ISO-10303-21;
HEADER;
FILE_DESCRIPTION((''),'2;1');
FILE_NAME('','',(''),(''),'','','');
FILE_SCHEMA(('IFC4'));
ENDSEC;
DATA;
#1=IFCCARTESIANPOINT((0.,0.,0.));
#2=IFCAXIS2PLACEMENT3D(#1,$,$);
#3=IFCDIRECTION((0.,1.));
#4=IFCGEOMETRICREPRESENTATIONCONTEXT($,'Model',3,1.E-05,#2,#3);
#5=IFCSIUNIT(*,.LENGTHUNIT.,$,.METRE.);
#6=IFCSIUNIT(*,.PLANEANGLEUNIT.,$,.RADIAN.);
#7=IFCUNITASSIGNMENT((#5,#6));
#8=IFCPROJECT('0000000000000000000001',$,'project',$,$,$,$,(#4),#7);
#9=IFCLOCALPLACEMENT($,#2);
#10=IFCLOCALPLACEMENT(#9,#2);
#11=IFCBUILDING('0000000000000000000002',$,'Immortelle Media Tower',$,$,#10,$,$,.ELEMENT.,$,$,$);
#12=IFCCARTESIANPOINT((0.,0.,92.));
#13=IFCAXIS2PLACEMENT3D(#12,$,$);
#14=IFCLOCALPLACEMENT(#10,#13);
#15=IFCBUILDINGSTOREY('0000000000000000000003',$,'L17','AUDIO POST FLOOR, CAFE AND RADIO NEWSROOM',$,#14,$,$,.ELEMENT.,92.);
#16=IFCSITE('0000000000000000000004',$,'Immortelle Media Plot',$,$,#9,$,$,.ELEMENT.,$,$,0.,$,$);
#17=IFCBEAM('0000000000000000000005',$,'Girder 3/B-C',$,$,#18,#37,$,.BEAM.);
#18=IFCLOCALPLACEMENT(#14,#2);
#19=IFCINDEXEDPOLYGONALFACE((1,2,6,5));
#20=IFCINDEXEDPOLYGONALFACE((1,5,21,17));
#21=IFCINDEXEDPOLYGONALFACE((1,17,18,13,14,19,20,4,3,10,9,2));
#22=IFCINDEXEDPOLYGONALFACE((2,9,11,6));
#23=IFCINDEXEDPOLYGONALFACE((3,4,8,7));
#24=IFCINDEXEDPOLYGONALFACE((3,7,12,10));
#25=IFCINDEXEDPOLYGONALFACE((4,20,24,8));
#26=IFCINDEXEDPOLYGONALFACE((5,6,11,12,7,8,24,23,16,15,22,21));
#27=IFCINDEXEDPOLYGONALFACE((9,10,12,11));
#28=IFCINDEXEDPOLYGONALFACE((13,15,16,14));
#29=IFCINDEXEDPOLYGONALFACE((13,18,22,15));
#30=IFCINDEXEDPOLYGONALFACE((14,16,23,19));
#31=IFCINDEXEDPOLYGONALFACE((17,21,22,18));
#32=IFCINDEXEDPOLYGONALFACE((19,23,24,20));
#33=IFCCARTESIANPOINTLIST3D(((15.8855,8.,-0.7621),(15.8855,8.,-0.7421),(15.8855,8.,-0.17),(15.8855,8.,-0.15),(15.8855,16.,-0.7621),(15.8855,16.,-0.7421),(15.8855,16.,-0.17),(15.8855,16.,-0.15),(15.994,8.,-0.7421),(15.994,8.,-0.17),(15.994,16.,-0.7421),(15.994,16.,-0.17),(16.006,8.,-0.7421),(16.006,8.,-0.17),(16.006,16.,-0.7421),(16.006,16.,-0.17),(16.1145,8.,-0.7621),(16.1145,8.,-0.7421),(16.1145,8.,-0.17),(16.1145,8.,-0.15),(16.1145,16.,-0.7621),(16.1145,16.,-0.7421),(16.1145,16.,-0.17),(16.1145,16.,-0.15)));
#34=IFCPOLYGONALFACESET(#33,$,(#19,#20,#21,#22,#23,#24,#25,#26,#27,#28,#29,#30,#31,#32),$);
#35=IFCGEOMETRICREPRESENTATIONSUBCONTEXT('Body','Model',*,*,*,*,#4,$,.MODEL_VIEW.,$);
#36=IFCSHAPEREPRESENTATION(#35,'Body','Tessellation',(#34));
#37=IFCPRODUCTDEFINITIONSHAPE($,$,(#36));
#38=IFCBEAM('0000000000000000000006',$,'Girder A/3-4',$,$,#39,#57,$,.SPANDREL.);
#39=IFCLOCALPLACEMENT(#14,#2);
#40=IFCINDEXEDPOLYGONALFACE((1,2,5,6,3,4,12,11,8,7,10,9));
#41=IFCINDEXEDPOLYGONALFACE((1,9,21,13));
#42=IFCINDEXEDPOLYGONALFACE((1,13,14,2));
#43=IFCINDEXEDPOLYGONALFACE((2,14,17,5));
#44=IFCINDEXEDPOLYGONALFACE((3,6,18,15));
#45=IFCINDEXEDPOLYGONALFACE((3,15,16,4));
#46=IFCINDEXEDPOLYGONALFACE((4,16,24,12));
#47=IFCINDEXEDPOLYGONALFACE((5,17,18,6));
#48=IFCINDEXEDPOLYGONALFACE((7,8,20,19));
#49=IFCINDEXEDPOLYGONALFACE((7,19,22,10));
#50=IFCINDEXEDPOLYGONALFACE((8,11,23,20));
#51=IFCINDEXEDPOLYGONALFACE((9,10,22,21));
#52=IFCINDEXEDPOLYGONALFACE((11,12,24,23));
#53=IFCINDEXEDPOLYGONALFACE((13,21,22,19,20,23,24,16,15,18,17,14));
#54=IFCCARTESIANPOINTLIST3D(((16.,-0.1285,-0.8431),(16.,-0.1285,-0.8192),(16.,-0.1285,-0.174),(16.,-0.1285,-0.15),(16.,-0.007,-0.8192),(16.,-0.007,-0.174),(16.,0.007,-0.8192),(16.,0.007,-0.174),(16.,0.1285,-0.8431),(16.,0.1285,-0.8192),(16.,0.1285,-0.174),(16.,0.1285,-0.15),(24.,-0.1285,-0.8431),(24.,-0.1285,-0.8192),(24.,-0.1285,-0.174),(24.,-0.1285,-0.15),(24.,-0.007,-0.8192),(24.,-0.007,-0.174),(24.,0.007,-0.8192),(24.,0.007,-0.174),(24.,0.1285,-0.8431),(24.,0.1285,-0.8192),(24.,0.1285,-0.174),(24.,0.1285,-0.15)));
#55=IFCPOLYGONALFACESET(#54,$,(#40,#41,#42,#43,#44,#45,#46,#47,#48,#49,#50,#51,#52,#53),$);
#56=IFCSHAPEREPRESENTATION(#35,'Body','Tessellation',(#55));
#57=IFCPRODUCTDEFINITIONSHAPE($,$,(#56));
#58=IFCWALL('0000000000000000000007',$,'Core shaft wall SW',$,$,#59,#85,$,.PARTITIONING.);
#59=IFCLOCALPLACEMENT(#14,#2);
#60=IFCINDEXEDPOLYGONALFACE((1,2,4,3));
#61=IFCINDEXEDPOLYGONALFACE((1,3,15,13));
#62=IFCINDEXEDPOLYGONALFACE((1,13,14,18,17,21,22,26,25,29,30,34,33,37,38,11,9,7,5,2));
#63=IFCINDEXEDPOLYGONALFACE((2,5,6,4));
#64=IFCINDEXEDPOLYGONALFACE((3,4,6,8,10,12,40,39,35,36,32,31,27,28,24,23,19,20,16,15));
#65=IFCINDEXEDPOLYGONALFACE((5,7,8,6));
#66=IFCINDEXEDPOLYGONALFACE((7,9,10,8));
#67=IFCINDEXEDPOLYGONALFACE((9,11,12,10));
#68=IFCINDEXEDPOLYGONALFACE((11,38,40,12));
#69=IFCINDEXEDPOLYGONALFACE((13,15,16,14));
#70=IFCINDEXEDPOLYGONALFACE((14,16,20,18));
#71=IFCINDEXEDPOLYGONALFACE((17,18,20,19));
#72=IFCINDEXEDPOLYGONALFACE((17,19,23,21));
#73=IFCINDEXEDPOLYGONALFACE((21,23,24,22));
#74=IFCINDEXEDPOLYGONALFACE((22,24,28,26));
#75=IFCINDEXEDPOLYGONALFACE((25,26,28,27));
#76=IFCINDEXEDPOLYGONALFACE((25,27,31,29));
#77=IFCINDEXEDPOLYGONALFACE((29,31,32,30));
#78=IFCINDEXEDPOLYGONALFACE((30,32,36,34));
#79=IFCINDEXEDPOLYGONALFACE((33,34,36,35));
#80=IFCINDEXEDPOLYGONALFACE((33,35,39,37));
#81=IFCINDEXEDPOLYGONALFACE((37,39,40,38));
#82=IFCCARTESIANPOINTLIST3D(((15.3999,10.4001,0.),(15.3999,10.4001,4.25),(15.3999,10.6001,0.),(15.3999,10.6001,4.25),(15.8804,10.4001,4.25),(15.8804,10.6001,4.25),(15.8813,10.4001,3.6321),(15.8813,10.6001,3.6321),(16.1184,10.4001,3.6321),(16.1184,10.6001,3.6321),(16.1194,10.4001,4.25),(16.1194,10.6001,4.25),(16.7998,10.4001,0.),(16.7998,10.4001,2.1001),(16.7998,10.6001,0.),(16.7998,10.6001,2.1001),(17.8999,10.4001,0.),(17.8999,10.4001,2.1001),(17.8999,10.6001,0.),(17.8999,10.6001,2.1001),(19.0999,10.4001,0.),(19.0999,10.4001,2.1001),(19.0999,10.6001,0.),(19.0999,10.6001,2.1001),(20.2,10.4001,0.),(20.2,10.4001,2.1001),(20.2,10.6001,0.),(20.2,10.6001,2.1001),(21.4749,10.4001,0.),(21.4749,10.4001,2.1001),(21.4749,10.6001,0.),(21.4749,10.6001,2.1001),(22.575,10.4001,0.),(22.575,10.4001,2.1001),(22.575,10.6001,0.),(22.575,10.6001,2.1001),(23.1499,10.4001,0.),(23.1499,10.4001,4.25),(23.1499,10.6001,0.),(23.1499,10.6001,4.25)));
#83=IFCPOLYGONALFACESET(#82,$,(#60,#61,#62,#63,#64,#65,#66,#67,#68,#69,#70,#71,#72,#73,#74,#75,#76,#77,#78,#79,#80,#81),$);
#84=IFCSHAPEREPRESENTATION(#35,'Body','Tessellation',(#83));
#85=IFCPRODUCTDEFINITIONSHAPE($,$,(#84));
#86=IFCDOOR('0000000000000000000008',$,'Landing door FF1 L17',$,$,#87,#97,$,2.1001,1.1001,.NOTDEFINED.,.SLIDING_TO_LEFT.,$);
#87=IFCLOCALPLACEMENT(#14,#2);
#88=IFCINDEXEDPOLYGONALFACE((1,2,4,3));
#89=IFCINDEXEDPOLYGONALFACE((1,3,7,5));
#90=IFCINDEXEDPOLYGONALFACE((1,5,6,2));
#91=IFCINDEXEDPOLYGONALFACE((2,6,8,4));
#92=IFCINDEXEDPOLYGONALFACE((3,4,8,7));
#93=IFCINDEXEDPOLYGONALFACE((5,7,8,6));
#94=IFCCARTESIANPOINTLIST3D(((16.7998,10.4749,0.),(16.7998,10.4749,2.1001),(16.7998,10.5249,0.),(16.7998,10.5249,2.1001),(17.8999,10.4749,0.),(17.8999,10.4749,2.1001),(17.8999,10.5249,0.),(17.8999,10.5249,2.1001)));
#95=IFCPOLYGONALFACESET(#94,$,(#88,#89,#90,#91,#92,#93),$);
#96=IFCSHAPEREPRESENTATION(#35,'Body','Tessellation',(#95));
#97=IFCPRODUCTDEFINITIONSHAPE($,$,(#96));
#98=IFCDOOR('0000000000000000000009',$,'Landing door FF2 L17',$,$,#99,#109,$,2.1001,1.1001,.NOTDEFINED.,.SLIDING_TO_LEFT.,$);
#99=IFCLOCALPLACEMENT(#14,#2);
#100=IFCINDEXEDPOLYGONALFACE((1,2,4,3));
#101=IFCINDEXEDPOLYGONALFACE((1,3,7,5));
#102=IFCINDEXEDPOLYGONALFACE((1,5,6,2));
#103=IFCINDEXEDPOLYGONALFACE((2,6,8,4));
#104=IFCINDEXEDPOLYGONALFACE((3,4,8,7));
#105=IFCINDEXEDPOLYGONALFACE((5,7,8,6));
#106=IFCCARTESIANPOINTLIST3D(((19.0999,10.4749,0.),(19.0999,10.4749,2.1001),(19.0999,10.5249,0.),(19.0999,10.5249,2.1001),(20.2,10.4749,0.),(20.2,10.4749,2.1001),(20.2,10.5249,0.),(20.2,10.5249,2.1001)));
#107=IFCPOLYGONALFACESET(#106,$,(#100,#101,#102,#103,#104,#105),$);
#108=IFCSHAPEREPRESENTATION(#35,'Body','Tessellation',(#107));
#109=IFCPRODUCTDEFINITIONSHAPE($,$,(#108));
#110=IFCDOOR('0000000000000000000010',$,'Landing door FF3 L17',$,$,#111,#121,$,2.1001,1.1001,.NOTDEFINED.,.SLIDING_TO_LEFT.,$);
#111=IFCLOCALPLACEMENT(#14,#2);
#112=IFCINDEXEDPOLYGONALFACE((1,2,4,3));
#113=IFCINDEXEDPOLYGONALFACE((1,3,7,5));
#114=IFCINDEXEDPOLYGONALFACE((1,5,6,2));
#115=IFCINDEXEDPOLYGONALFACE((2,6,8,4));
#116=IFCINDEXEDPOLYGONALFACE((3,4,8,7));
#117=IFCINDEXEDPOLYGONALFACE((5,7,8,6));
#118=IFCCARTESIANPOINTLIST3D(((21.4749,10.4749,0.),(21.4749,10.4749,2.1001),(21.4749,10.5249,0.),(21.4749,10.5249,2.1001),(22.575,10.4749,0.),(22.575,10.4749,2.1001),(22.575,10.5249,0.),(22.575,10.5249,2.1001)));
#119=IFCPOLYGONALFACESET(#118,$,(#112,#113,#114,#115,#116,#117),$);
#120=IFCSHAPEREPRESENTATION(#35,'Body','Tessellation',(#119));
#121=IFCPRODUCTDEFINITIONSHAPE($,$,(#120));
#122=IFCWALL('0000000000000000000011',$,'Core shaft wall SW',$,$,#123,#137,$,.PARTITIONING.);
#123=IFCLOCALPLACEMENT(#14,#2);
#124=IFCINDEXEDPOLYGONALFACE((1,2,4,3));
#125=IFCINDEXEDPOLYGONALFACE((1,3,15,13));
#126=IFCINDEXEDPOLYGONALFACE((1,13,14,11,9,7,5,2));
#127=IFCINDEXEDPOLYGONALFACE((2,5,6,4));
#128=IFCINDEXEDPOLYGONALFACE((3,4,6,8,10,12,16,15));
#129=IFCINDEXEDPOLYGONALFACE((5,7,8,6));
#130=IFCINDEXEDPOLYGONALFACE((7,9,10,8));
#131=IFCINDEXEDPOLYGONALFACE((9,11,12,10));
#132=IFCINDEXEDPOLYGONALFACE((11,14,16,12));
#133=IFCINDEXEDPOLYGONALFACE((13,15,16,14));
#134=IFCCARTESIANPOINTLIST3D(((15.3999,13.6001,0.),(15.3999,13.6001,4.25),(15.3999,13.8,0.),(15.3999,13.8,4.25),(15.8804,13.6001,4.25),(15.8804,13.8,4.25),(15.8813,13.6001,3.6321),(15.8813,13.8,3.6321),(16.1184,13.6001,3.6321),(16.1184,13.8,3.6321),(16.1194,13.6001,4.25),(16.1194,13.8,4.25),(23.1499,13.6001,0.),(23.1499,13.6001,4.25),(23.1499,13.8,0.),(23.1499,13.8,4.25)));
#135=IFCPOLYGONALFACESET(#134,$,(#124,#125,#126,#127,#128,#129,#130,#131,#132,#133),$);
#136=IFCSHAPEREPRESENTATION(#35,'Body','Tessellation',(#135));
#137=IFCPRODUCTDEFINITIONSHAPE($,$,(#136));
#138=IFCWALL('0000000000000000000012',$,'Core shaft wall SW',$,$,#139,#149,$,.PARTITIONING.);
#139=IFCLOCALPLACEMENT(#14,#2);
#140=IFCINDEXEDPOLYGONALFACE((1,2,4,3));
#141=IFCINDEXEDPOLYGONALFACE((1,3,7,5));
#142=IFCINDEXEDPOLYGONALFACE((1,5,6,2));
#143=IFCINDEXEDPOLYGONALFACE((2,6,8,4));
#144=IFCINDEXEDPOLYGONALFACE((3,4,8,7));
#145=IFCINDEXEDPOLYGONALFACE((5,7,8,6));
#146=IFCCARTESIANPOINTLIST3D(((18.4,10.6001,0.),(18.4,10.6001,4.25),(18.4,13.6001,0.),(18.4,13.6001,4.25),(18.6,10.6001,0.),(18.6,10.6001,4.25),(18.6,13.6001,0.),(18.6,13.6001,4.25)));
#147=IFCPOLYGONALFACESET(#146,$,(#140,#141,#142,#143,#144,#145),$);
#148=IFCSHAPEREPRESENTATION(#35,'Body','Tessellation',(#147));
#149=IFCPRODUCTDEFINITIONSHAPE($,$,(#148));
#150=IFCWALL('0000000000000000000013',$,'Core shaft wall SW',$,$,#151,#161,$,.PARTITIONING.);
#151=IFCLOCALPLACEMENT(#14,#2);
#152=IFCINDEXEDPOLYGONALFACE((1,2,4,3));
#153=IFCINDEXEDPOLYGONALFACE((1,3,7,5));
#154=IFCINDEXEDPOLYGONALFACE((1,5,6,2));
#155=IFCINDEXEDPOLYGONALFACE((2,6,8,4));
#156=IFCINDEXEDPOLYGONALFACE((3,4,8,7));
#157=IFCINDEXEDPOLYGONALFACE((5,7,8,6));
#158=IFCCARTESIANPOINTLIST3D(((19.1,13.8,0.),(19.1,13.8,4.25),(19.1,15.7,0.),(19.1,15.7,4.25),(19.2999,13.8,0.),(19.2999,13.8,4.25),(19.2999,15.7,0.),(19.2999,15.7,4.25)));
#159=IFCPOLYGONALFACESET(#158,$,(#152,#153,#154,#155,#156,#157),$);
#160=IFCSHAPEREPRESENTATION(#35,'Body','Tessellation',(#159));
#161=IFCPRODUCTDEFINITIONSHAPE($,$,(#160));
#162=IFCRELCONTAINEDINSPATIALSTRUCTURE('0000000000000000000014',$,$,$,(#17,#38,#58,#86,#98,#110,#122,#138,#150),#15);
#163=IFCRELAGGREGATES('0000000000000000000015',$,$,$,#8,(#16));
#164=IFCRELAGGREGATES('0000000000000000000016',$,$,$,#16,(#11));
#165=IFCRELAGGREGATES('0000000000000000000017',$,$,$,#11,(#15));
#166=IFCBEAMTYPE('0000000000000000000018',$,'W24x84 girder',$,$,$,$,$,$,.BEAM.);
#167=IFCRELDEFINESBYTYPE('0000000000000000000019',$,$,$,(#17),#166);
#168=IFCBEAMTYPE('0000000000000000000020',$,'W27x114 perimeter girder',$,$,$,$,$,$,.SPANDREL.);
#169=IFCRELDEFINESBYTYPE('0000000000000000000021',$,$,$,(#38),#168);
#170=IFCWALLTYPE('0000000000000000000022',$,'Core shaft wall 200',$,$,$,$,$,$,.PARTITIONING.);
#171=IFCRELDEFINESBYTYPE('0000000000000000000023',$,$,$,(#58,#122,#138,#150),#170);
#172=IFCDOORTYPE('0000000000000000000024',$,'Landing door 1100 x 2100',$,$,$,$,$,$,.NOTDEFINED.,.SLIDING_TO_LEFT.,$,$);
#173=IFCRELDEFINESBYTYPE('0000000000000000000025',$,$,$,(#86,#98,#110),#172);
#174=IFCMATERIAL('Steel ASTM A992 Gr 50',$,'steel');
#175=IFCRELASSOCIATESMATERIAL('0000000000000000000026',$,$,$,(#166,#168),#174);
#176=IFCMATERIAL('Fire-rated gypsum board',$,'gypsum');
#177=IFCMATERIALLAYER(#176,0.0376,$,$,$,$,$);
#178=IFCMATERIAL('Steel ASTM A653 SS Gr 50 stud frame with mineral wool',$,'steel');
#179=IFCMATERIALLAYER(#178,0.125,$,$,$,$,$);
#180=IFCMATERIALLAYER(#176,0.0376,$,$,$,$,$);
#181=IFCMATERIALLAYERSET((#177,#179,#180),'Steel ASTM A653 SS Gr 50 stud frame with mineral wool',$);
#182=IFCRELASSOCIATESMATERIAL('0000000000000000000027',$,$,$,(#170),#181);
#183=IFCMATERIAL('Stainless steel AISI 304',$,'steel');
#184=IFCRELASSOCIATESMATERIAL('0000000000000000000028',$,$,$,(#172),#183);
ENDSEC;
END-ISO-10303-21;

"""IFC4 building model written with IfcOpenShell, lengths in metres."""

from ifc_helpers import new_model, si_unit, direction, frame, frame_2d, origin, origin_2d, place, context, subcontext, project, spatial, polyline, rectangle, i_section, outline, extrude, material, layer, layer_set, material_profile, profile_set, type_object, element, fill, save


model = new_model("IFC4")

# Units and contexts
model_context = context("Model", 3, precision=1e-05, world=origin(), true_north=direction((0.0, 1.0)))
body_context = subcontext(model_context, "Body", "Model", "MODEL_VIEW")
ifc_project = project(units=[si_unit("LENGTHUNIT", "METRE"), si_unit("PLANEANGLEUNIT", "RADIAN")], contexts=[model_context])

# Site, building, storey
site_placement = place(None, origin())
site = spatial("IfcSite", under=ifc_project, at=site_placement, Name="Immortelle Media Plot", CompositionType="ELEMENT", RefElevation=0.0)
building_placement = place(site_placement, origin())
building = spatial("IfcBuilding", under=site, at=building_placement, Name="Immortelle Media Tower", CompositionType="ELEMENT")
storey_placement = place(building_placement, frame((0.0, 0.0, 92.0)))
storey = spatial("IfcBuildingStorey", under=building, at=storey_placement, Name="L17", Description="AUDIO POST FLOOR, CAFE AND RADIO NEWSROOM", CompositionType="ELEMENT", Elevation=92.0)

# Shared definitions
ifc_material_1 = material(Name="Steel ASTM A992 Gr 50", Category="steel")

# Beams
ifc_material_profile_1 = material_profile(ifc_material_1, i_section(OverallWidth=0.229, OverallDepth=0.6121, WebThickness=0.012, FlangeThickness=0.02, at=origin_2d()), Name="W24x84")
ifc_profile_set_1 = profile_set([ifc_material_profile_1], Name="Steel ASTM A992 Gr 50")
beam_type_1 = type_object("IfcBeamType", Name="W24x84 girder", PredefinedType="BEAM", material=ifc_profile_set_1)
for number, where, z_axis, x_axis, name in (
    (1, (16.0, 8.0, -0.4561), (0.0, 1.0, 0.0), (-1.0, 0.0, 0.0), "Girder 3/B-C"),
):
    element("IfcBeam", number, at=place(storey_placement, frame(where, z_axis=z_axis, x_axis=x_axis)), inside=storey, type_object=beam_type_1, Name=name, PredefinedType="BEAM", context=body_context, shape_type="SweptSolid", body=[
        extrude(i_section(OverallWidth=0.229, OverallDepth=0.6121, WebThickness=0.012, FlangeThickness=0.02, at=origin_2d()), origin(), (0.0, 0.0, 1.0), 8.0),
    ])
ifc_material_profile_2 = material_profile(ifc_material_1, i_section(OverallWidth=0.2571, OverallDepth=0.6931, WebThickness=0.0139, FlangeThickness=0.0239, at=origin_2d()), Name="W27x114")
ifc_profile_set_2 = profile_set([ifc_material_profile_2], Name="Steel ASTM A992 Gr 50")
beam_type_2 = type_object("IfcBeamType", Name="W27x114 perimeter girder", PredefinedType="SPANDREL", material=ifc_profile_set_2)
beam_1_placement = place(storey_placement, frame((16.0, 0.0, -0.4966), z_axis=(1.0, 0.0, 0.0), x_axis=(0.0, 1.0, 0.0)))
element("IfcBeam", 2, at=beam_1_placement, inside=storey, type_object=beam_type_2, Name="Girder A/3-4", PredefinedType="SPANDREL", context=body_context, shape_type="SweptSolid", body=[
    extrude(i_section(OverallWidth=0.2571, OverallDepth=0.6931, WebThickness=0.0139, FlangeThickness=0.0239, at=origin_2d()), origin(), (0.0, 0.0, 1.0), 8.0),
])

# Wall, openings, doors
ifc_material_2 = material(Name="Fire-rated gypsum board", Category="gypsum")
ifc_layer_1 = layer(ifc_material_2, 0.0376)
ifc_material_3 = material(Name="Steel ASTM A653 SS Gr 50 stud frame with mineral wool", Category="steel")
ifc_layer_2 = layer(ifc_material_3, 0.125)
ifc_layer_3 = layer(ifc_material_2, 0.0376)
ifc_layer_set_1 = layer_set([ifc_layer_1, ifc_layer_2, ifc_layer_3], Name="Steel ASTM A653 SS Gr 50 stud frame with mineral wool")
wall_type_1 = type_object("IfcWallType", Name="Core shaft wall 200", PredefinedType="PARTITIONING", material=ifc_layer_set_1)
wall_1_placement = place(storey_placement, frame((15.3999, 10.5, 0.0), z_axis=(0.0, 0.0, 1.0), x_axis=(1.0, 0.0, 0.0)))
wall_1 = element("IfcWall", 3, at=wall_1_placement, inside=storey, type_object=wall_type_1, Name="Core shaft wall SW", PredefinedType="PARTITIONING", context=body_context, shape_type="SweptSolid", body=[
    extrude(outline(polyline([(0.0, 0.0), (7.75, 0.0), (7.75, 4.25), (0.7195, 4.25), (0.7185, 3.6321), (0.4814, 3.6321), (0.4805, 4.25), (0.0, 4.25), (0.0, 0.0)])), frame((0.0, 0.1001, 0.0), z_axis=(0.0, -1.0, 0.0), x_axis=(1.0, 0.0, 0.0)), (0.0, 0.0, 1.0), 0.2),
])
opening_1_placement = place(wall_1_placement, frame((1.3999, 0.0, 0.0)))
opening_1 = element("IfcOpeningElement", 4, at=opening_1_placement, cuts=wall_1, PredefinedType="OPENING", context=body_context, shape_type="SweptSolid", body=[
    extrude(rectangle(XDim=1.1001, YDim=2.1001, at=frame_2d((0.55, 1.05))), frame((0.0, 0.1099, 0.0), z_axis=(0.0, -1.0, 0.0), x_axis=(1.0, 0.0, 0.0)), (0.0, 0.0, 1.0), 0.22),
])
opening_2_placement = place(wall_1_placement, frame((3.7, 0.0, 0.0)))
opening_2 = element("IfcOpeningElement", 5, at=opening_2_placement, cuts=wall_1, PredefinedType="OPENING", context=body_context, shape_type="SweptSolid", body=[
    extrude(rectangle(XDim=1.1001, YDim=2.1001, at=frame_2d((0.55, 1.05))), frame((0.0, 0.1099, 0.0), z_axis=(0.0, -1.0, 0.0), x_axis=(1.0, 0.0, 0.0)), (0.0, 0.0, 1.0), 0.22),
])
opening_3_placement = place(wall_1_placement, frame((6.075, 0.0, 0.0)))
opening_3 = element("IfcOpeningElement", 6, at=opening_3_placement, cuts=wall_1, PredefinedType="OPENING", context=body_context, shape_type="SweptSolid", body=[
    extrude(rectangle(XDim=1.1001, YDim=2.1001, at=frame_2d((0.55, 1.05))), frame((0.0, 0.1099, 0.0), z_axis=(0.0, -1.0, 0.0), x_axis=(1.0, 0.0, 0.0)), (0.0, 0.0, 1.0), 0.22),
])
ifc_material_4 = material(Name="Stainless steel AISI 304", Category="steel")
door_type_1 = type_object("IfcDoorType", Name="Landing door 1100 x 2100", OperationType="SLIDING_TO_LEFT", PredefinedType="NOTDEFINED", material=ifc_material_4)
door_1_placement = place(opening_1_placement, origin())
door_1 = element("IfcDoor", 7, at=door_1_placement, inside=storey, type_object=door_type_1, Name="Landing door FF1 L17", OperationType="SLIDING_TO_LEFT", OverallHeight=2.1001, OverallWidth=1.1001, PredefinedType="NOTDEFINED", context=body_context, shape_type="SweptSolid", body=[
    extrude(rectangle(XDim=1.1001, YDim=2.1001, at=frame_2d((0.55, 1.05))), frame((0.0, 0.0249, 0.0), z_axis=(0.0, -1.0, 0.0), x_axis=(1.0, 0.0, 0.0)), (0.0, 0.0, 1.0), 0.05),
])
fill(opening_1, door_1)
door_2_placement = place(opening_2_placement, origin())
door_2 = element("IfcDoor", 8, at=door_2_placement, inside=storey, type_object=door_type_1, Name="Landing door FF2 L17", OperationType="SLIDING_TO_LEFT", OverallHeight=2.1001, OverallWidth=1.1001, PredefinedType="NOTDEFINED", context=body_context, shape_type="SweptSolid", body=[
    extrude(rectangle(XDim=1.1001, YDim=2.1001, at=frame_2d((0.55, 1.05))), frame((0.0, 0.0249, 0.0), z_axis=(0.0, -1.0, 0.0), x_axis=(1.0, 0.0, 0.0)), (0.0, 0.0, 1.0), 0.05),
])
fill(opening_2, door_2)
door_3_placement = place(opening_3_placement, origin())
door_3 = element("IfcDoor", 9, at=door_3_placement, inside=storey, type_object=door_type_1, Name="Landing door FF3 L17", OperationType="SLIDING_TO_LEFT", OverallHeight=2.1001, OverallWidth=1.1001, PredefinedType="NOTDEFINED", context=body_context, shape_type="SweptSolid", body=[
    extrude(rectangle(XDim=1.1001, YDim=2.1001, at=frame_2d((0.55, 1.05))), frame((0.0, 0.0249, 0.0), z_axis=(0.0, -1.0, 0.0), x_axis=(1.0, 0.0, 0.0)), (0.0, 0.0, 1.0), 0.05),
])
fill(opening_3, door_3)

# Walls
wall_2_placement = place(storey_placement, frame((15.3999, 13.7, 0.0), z_axis=(0.0, 0.0, 1.0), x_axis=(1.0, 0.0, 0.0)))
element("IfcWall", 10, at=wall_2_placement, inside=storey, type_object=wall_type_1, Name="Core shaft wall SW", PredefinedType="PARTITIONING", context=body_context, shape_type="SweptSolid", body=[
    extrude(outline(polyline([(0.0, 0.0), (7.75, 0.0), (7.75, 4.25), (0.7195, 4.25), (0.7185, 3.6321), (0.4814, 3.6321), (0.4805, 4.25), (0.0, 4.25), (0.0, 0.0)])), frame((0.0, 0.1001, 0.0), z_axis=(0.0, -1.0, 0.0), x_axis=(1.0, 0.0, 0.0)), (0.0, 0.0, 1.0), 0.2),
])
wall_3_placement = place(storey_placement, frame((18.5, 10.6001, 0.0), z_axis=(0.0, 0.0, 1.0), x_axis=(0.0, 1.0, 0.0)))
element("IfcWall", 11, at=wall_3_placement, inside=storey, type_object=wall_type_1, Name="Core shaft wall SW", PredefinedType="PARTITIONING", context=body_context, shape_type="SweptSolid", body=[
    extrude(rectangle(XDim=3.0, YDim=0.2, at=frame_2d((1.5, 0.0))), origin(), (0.0, 0.0, 1.0), 4.25),
])
wall_4_placement = place(storey_placement, frame((19.2, 13.8, 0.0), z_axis=(0.0, 0.0, 1.0), x_axis=(0.0, 1.0, 0.0)))
element("IfcWall", 12, at=wall_4_placement, inside=storey, type_object=wall_type_1, Name="Core shaft wall SW", PredefinedType="PARTITIONING", context=body_context, shape_type="SweptSolid", body=[
    extrude(rectangle(XDim=1.8999, YDim=0.2, at=frame_2d((0.95, 0.0))), origin(), (0.0, 0.0, 1.0), 4.25),
])

save(model, "model.ifc")
